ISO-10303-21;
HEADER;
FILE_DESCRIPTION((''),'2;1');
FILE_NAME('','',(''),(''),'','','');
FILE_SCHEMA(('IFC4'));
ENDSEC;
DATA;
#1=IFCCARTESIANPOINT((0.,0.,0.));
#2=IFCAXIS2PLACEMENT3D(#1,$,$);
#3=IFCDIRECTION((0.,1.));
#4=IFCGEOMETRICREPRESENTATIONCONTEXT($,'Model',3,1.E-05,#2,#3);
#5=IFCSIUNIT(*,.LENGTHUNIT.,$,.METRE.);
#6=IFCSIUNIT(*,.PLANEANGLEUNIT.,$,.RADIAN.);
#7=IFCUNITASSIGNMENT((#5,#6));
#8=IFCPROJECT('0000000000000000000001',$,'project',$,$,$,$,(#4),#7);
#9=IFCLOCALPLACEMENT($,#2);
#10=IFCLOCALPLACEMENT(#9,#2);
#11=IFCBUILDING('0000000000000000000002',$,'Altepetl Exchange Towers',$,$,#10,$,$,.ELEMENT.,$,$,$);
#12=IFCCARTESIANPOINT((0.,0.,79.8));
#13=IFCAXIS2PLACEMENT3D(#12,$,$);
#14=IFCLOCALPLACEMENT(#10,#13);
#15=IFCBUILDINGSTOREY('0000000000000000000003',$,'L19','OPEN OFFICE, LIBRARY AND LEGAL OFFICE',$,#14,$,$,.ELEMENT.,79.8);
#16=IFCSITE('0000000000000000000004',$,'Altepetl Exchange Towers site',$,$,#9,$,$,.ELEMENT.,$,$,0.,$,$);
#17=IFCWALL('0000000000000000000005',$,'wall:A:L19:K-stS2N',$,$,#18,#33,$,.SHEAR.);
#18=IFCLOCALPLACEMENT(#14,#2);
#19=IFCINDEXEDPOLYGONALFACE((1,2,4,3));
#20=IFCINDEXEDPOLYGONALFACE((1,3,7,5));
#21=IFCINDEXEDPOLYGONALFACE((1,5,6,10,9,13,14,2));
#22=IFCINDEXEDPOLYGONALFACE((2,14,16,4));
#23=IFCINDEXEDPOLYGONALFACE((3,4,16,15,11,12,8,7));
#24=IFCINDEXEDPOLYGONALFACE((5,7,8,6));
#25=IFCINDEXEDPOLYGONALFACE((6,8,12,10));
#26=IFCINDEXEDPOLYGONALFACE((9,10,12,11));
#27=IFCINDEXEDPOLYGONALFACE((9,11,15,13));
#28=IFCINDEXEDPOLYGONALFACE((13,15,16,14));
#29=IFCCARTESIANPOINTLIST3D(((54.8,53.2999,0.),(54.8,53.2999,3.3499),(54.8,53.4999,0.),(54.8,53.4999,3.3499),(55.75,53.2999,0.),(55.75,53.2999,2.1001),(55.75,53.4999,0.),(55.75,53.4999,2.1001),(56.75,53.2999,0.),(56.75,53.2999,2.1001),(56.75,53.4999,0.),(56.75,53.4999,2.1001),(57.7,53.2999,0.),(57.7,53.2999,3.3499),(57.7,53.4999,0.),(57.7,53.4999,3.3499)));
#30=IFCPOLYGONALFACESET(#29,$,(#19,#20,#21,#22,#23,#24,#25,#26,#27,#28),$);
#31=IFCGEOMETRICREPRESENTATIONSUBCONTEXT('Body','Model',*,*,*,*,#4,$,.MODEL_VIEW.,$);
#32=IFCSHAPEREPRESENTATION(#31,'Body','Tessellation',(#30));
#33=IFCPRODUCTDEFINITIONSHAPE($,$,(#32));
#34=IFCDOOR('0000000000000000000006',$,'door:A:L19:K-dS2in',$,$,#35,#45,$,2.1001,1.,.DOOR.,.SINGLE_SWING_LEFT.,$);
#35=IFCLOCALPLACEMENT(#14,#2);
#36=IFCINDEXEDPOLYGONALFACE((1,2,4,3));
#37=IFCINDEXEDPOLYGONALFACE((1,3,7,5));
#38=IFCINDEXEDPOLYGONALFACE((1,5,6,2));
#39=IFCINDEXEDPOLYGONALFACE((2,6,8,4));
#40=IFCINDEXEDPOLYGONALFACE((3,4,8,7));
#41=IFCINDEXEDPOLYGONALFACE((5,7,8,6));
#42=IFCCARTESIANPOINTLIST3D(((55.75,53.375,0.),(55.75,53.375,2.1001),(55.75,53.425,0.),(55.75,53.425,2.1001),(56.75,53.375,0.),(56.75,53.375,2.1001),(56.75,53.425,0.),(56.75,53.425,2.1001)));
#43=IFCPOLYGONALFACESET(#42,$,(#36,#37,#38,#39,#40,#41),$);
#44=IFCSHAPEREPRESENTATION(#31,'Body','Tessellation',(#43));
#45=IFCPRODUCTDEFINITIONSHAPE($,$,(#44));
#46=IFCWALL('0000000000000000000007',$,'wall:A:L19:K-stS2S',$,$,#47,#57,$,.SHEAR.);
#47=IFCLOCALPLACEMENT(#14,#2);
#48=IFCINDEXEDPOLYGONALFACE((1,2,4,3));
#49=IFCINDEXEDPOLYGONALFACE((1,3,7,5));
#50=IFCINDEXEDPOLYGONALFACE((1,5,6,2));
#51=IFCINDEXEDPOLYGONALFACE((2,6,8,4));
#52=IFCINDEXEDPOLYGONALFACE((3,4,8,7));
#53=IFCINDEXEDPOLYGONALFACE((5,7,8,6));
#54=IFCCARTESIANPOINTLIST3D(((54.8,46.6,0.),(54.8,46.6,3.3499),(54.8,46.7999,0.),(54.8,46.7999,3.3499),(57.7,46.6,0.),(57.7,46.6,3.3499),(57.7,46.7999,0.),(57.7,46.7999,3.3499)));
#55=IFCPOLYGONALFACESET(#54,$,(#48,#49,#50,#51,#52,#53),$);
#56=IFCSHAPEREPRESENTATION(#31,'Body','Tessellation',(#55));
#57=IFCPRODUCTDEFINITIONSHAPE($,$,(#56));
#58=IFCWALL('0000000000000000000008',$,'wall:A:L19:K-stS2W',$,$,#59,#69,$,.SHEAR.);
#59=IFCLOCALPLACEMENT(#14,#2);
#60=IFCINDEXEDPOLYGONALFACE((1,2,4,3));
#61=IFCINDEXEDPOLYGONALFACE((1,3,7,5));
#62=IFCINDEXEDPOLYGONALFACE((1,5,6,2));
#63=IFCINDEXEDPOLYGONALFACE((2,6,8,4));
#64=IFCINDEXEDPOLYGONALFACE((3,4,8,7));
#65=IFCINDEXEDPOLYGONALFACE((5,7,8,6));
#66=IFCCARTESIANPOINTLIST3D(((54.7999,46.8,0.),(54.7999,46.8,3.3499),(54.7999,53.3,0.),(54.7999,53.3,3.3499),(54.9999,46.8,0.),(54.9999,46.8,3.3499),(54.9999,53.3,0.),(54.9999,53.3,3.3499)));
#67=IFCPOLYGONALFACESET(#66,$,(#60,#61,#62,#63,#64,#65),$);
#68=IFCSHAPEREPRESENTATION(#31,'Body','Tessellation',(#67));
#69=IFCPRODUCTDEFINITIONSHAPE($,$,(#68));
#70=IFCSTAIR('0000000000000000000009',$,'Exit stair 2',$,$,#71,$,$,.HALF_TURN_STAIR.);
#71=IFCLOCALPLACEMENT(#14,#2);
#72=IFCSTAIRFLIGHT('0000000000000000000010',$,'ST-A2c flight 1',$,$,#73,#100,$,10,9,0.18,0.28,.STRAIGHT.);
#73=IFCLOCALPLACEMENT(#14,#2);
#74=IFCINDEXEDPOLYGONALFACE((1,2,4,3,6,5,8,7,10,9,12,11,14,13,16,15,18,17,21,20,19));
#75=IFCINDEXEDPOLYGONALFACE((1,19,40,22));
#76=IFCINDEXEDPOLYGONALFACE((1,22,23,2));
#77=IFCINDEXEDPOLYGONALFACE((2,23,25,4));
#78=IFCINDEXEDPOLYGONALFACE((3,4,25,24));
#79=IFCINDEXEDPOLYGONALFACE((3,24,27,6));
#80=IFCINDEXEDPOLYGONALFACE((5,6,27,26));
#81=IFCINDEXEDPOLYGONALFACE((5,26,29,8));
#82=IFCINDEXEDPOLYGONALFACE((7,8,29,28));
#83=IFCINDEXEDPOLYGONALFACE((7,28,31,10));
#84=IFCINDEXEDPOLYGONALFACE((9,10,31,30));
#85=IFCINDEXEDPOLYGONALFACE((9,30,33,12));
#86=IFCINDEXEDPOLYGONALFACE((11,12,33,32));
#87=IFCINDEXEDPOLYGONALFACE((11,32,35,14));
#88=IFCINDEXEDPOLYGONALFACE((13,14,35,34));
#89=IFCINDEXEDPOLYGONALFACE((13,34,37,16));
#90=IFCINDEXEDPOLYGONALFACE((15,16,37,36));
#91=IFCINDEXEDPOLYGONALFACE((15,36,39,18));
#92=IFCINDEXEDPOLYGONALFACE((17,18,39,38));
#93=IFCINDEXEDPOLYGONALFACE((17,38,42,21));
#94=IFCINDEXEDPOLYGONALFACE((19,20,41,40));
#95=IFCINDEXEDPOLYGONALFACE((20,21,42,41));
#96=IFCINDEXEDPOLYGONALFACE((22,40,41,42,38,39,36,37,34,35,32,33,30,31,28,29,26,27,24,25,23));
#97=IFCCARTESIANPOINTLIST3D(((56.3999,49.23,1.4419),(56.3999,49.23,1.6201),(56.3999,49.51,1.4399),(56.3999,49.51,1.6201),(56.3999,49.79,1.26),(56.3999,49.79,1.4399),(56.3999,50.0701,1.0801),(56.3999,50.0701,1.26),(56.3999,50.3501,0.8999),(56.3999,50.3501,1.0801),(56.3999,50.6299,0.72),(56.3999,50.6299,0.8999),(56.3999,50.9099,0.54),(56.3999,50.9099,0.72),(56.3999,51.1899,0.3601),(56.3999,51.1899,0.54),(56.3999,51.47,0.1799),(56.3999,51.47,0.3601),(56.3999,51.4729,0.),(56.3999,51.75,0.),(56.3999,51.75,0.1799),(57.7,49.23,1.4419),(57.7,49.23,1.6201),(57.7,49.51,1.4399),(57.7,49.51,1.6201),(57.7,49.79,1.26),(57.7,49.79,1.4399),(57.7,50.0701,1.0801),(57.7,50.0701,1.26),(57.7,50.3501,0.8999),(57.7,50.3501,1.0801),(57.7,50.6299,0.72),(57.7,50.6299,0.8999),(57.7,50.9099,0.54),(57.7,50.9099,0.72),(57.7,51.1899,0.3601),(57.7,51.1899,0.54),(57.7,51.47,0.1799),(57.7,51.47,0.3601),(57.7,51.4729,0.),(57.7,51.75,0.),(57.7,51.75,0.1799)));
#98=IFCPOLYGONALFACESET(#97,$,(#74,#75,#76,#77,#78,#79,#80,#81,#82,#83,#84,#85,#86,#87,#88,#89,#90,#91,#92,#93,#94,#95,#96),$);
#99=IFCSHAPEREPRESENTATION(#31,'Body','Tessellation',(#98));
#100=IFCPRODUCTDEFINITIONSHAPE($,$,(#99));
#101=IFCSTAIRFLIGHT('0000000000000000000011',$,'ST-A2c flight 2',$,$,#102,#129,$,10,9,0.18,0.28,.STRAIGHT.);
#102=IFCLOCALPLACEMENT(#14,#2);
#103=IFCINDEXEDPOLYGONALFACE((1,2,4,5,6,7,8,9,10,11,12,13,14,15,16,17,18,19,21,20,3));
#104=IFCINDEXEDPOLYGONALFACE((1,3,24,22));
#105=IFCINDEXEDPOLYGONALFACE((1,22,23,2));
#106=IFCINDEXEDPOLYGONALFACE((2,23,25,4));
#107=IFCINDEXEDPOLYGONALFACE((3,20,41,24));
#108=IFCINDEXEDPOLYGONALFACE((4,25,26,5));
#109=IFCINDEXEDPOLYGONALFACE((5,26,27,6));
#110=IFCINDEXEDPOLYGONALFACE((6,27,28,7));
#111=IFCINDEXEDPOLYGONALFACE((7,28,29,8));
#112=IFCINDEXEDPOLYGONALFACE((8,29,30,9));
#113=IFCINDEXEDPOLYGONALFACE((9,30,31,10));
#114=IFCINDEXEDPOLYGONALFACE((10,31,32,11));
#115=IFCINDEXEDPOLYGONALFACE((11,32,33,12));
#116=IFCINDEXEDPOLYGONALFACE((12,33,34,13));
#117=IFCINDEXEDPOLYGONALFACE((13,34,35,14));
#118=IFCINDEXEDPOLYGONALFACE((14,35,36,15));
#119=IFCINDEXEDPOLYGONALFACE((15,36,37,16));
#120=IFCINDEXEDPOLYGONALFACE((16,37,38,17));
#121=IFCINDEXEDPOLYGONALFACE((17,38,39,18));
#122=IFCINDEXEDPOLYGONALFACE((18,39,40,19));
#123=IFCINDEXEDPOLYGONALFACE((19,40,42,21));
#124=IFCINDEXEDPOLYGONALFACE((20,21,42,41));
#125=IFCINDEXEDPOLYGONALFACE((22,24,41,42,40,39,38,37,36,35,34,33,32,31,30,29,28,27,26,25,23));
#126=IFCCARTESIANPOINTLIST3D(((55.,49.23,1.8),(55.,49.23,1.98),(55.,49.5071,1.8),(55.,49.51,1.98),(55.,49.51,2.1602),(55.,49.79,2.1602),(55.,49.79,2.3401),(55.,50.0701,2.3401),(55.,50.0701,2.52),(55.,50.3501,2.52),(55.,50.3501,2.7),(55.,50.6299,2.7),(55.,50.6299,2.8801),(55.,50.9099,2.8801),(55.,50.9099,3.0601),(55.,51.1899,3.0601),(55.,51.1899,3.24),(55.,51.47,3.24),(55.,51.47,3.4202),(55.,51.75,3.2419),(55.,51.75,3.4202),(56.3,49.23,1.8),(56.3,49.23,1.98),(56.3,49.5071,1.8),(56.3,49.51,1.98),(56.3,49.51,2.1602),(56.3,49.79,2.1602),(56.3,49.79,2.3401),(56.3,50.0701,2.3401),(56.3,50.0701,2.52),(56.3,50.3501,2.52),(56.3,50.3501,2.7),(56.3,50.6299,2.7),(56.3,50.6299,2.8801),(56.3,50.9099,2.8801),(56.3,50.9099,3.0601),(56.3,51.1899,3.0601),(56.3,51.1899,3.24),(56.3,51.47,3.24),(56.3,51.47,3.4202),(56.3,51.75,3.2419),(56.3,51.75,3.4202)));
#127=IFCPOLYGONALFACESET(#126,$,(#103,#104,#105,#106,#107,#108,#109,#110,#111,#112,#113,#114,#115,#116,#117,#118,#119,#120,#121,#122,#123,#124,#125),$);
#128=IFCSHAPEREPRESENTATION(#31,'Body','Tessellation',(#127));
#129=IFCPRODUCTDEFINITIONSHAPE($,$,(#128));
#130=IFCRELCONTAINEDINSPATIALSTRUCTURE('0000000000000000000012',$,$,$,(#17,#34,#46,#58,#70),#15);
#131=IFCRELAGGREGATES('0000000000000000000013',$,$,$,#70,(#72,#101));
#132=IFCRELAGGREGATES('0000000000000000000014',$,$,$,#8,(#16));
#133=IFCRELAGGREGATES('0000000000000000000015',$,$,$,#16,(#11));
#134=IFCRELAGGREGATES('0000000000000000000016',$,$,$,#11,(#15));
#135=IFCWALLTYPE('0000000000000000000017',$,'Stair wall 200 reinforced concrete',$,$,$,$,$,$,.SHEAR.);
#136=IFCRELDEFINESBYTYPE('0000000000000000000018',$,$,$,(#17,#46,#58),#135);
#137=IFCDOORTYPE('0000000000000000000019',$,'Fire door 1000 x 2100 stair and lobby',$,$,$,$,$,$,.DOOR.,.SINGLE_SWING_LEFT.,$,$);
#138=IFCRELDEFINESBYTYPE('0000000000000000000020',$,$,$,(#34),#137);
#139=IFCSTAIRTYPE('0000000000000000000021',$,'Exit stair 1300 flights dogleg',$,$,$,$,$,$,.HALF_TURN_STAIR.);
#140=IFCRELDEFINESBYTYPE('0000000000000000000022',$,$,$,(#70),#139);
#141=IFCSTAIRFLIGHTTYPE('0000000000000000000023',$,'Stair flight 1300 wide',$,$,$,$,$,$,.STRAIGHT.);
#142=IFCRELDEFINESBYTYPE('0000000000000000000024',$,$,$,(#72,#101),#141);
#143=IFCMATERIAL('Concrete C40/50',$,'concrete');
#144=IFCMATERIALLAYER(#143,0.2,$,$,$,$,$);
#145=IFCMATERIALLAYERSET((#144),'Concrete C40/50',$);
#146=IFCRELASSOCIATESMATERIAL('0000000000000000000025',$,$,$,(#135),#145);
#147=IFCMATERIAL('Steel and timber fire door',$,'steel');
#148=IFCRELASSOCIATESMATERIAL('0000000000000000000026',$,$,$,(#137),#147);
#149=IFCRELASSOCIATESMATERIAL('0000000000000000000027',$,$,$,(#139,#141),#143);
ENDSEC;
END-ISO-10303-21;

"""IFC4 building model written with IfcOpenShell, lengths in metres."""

from ifc_helpers import new_model, si_unit, direction, frame, frame_2d, origin, place, context, subcontext, project, spatial, polyline, rectangle, outline, extrude, material, layer, layer_set, type_object, element, fill, aggregate, save


model = new_model("IFC4")

# Units and contexts
model_context = context("Model", 3, precision=1e-05, world=origin(), true_north=direction((0.0, 1.0)))
body_context = subcontext(model_context, "Body", "Model", "MODEL_VIEW")
ifc_project = project(units=[si_unit("LENGTHUNIT", "METRE"), si_unit("PLANEANGLEUNIT", "RADIAN")], contexts=[model_context])

# Site, building, storey
site_placement = place(None, origin())
site = spatial("IfcSite", under=ifc_project, at=site_placement, Name="Altepetl Exchange Towers site", CompositionType="ELEMENT", RefElevation=0.0)
building_placement = place(site_placement, origin())
building = spatial("IfcBuilding", under=site, at=building_placement, Name="Altepetl Exchange Towers", CompositionType="ELEMENT")
storey_placement = place(building_placement, frame((0.0, 0.0, 79.8)))
storey = spatial("IfcBuildingStorey", under=building, at=storey_placement, Name="L19", Description="OPEN OFFICE, LIBRARY AND LEGAL OFFICE", CompositionType="ELEMENT", Elevation=79.8)

# Shared definitions
ifc_material_1 = material(Name="Concrete C40/50", Category="concrete")

# Wall, opening, door
ifc_layer_1 = layer(ifc_material_1, 0.2)
ifc_layer_set_1 = layer_set([ifc_layer_1], Name="Concrete C40/50")
wall_type_1 = type_object("IfcWallType", Name="Stair wall 200 reinforced concrete", PredefinedType="SHEAR", material=ifc_layer_set_1)
wall_1_placement = place(storey_placement, frame((54.8, 53.3999, 0.0)))
wall_1 = element("IfcWall", 1, at=wall_1_placement, inside=storey, type_object=wall_type_1, Name="wall:A:L19:K-stS2N", PredefinedType="SHEAR", context=body_context, shape_type="SweptSolid", body=[
    extrude(rectangle(XDim=2.8999, YDim=0.2, at=frame_2d((1.45, 0.0))), origin(), (0.0, 0.0, 1.0), 3.3499),
])
opening_placement = place(wall_1_placement, frame((0.95, 0.0, 0.0)))
opening = element("IfcOpeningElement", 2, at=opening_placement, cuts=wall_1, PredefinedType="OPENING", context=body_context, shape_type="SweptSolid", body=[
    extrude(rectangle(XDim=1.0, YDim=2.1001, at=frame_2d((0.5, 1.05))), frame((0.0, 0.1099, 0.0), z_axis=(0.0, -1.0, 0.0), x_axis=(1.0, 0.0, 0.0)), (0.0, 0.0, 1.0), 0.22),
])
ifc_material_2 = material(Name="Steel and timber fire door", Category="steel")
door_type = type_object("IfcDoorType", Name="Fire door 1000 x 2100 stair and lobby", OperationType="SINGLE_SWING_LEFT", PredefinedType="DOOR", material=ifc_material_2)
door_placement = place(opening_placement, frame((1.0, 0.0, 0.0), x_axis=(-1.0, 0.0, 0.0)))
door = element("IfcDoor", 3, at=door_placement, inside=storey, type_object=door_type, Name="door:A:L19:K-dS2in", OperationType="SINGLE_SWING_LEFT", OverallHeight=2.1001, OverallWidth=1.0, PredefinedType="DOOR", context=body_context, shape_type="SweptSolid", body=[
    extrude(rectangle(XDim=1.0, YDim=2.1001, at=frame_2d((0.5, 1.05))), frame((0.0, 0.0249, 0.0), z_axis=(0.0, -1.0, 0.0), x_axis=(1.0, 0.0, 0.0)), (0.0, 0.0, 1.0), 0.05),
])
fill(opening, door)

# Walls
wall_2_placement = place(storey_placement, frame((54.8, 46.7, 0.0)))
element("IfcWall", 4, at=wall_2_placement, inside=storey, type_object=wall_type_1, Name="wall:A:L19:K-stS2S", PredefinedType="SHEAR", context=body_context, shape_type="SweptSolid", body=[
    extrude(rectangle(XDim=2.8999, YDim=0.2, at=frame_2d((1.45, 0.0))), origin(), (0.0, 0.0, 1.0), 3.3499),
])
wall_3_placement = place(storey_placement, frame((54.8999, 46.8, 0.0), z_axis=(0.0, 0.0, 1.0), x_axis=(0.0, 1.0, 0.0)))
element("IfcWall", 5, at=wall_3_placement, inside=storey, type_object=wall_type_1, Name="wall:A:L19:K-stS2W", PredefinedType="SHEAR", context=body_context, shape_type="SweptSolid", body=[
    extrude(rectangle(XDim=6.5, YDim=0.2, at=frame_2d((3.25, 0.0))), origin(), (0.0, 0.0, 1.0), 3.3499),
])

# Stair, stair flights
stair_type = type_object("IfcStairType", Name="Exit stair 1300 flights dogleg", PredefinedType="HALF_TURN_STAIR", material=ifc_material_1)
stair_placement = place(storey_placement, origin())
stair = element("IfcStair", 6, at=stair_placement, inside=storey, type_object=stair_type, Name="Exit stair 2", PredefinedType="HALF_TURN_STAIR")
stair_flight_type = type_object("IfcStairFlightType", Name="Stair flight 1300 wide", PredefinedType="STRAIGHT", material=ifc_material_1)
stair_flight_1_placement = place(storey_placement, frame((57.05, 51.75, 0.0), z_axis=(0.0, 0.0, 1.0), x_axis=(0.0, -1.0, 0.0)))
stair_flight_1 = element("IfcStairFlight", 7, at=stair_flight_1_placement, type_object=stair_flight_type, Name="ST-A2c flight 1", NumberOfRisers=10, NumberOfTreads=9, PredefinedType="STRAIGHT", RiserHeight=0.18, TreadLength=0.28, context=body_context, shape_type="SweptSolid", body=[
    extrude(outline(polyline([(0.0, 0.0), (0.0, 0.1799), (0.28, 0.1799), (0.28, 0.3601), (0.5601, 0.3601), (0.5601, 0.54), (0.8401, 0.54), (0.8401, 0.72), (1.1201, 0.72), (1.1201, 0.8999), (1.3999, 0.8999), (1.3999, 1.0801), (1.6799, 1.0801), (1.6799, 1.26), (1.96, 1.26), (1.96, 1.4399), (2.24, 1.4399), (2.24, 1.6201), (2.52, 1.6201), (2.52, 1.8), (2.52, 1.4419), (0.2771, 0.0), (0.0, 0.0)])), frame((0.0, 0.6499, 0.0), z_axis=(0.0, -1.0, 0.0), x_axis=(1.0, 0.0, 0.0)), (0.0, 0.0, 1.0), 1.3),
])
stair_flight_2_placement = place(storey_placement, frame((55.6499, 49.23, 1.8), z_axis=(0.0, 0.0, 1.0), x_axis=(0.0, 1.0, 0.0)))
stair_flight_2 = element("IfcStairFlight", 8, at=stair_flight_2_placement, type_object=stair_flight_type, Name="ST-A2c flight 2", NumberOfRisers=10, NumberOfTreads=9, PredefinedType="STRAIGHT", RiserHeight=0.18, TreadLength=0.28, context=body_context, shape_type="SweptSolid", body=[
    extrude(outline(polyline([(0.0, 0.0), (0.0, 0.1799), (0.28, 0.1799), (0.28, 0.3601), (0.5601, 0.3601), (0.5601, 0.54), (0.8401, 0.54), (0.8401, 0.72), (1.1201, 0.72), (1.1201, 0.8999), (1.3999, 0.8999), (1.3999, 1.0801), (1.6799, 1.0801), (1.6799, 1.26), (1.96, 1.26), (1.96, 1.4399), (2.24, 1.4399), (2.24, 1.6201), (2.52, 1.6201), (2.52, 1.8), (2.52, 1.4419), (0.2771, 0.0), (0.0, 0.0)])), frame((0.0, 0.6499, 0.0), z_axis=(0.0, -1.0, 0.0), x_axis=(1.0, 0.0, 0.0)), (0.0, 0.0, 1.0), 1.3),
])
aggregate(stair, [stair_flight_1, stair_flight_2])

save(model, "model.ifc")
